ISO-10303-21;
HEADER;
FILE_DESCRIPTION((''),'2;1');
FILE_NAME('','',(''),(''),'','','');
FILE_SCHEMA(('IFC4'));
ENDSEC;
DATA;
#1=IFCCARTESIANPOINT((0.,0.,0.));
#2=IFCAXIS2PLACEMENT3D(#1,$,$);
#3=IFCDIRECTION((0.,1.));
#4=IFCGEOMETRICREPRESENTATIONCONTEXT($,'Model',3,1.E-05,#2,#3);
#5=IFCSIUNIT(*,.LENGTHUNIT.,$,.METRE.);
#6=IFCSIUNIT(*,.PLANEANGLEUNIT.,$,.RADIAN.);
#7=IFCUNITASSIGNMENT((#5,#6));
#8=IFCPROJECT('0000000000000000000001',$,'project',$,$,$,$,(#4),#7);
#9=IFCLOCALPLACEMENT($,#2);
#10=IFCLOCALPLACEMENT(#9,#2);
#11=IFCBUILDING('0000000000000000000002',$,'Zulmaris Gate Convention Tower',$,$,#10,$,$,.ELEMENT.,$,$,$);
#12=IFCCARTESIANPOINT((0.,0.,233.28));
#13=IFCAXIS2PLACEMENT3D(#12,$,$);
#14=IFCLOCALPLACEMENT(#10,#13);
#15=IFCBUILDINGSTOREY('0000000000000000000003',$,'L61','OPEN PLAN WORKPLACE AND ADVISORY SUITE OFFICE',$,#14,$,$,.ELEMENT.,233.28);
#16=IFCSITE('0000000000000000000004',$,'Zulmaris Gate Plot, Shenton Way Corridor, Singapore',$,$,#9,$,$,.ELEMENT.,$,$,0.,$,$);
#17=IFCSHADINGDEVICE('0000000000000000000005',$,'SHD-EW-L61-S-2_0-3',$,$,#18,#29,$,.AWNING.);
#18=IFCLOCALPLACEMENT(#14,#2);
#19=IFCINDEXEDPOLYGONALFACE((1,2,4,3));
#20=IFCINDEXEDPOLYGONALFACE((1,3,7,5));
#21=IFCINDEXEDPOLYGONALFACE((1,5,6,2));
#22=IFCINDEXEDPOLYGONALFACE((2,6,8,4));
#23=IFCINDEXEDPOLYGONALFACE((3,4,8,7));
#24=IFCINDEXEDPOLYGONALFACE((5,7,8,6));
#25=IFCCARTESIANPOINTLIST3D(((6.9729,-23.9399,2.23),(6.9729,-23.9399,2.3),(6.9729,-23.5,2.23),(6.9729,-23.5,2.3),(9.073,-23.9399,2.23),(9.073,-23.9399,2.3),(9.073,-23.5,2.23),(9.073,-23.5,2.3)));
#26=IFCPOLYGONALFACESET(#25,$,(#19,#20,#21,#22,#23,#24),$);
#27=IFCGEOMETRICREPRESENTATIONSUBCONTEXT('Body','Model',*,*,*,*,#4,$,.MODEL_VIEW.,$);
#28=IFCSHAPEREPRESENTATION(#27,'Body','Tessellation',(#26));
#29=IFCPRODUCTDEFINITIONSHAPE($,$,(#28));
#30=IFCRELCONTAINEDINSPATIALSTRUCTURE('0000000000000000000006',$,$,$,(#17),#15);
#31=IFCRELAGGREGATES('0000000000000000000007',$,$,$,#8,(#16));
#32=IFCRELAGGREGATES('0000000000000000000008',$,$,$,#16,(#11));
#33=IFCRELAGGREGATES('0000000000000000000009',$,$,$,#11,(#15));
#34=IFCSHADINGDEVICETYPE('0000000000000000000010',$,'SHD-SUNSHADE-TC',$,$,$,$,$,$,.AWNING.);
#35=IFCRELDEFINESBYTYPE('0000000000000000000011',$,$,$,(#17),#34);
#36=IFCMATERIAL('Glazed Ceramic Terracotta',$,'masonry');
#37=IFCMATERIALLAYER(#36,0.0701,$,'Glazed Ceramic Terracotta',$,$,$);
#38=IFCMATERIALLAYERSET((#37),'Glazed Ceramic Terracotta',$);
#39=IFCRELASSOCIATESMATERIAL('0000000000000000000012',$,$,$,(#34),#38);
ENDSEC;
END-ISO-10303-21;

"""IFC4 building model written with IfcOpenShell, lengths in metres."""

from ifc_helpers import new_model, si_unit, direction, frame, frame_2d, origin, place, context, subcontext, project, spatial, rectangle, extrude, material, layer, layer_set, type_object, element, save


model = new_model("IFC4")

# Units and contexts
model_context = context("Model", 3, precision=1e-05, world=origin(), true_north=direction((0.0, 1.0)))
body_context = subcontext(model_context, "Body", "Model", "MODEL_VIEW")
ifc_project = project(units=[si_unit("LENGTHUNIT", "METRE"), si_unit("PLANEANGLEUNIT", "RADIAN")], contexts=[model_context])

# Site, building, storey
site_placement = place(None, origin())
site = spatial("IfcSite", under=ifc_project, at=site_placement, Name="Zulmaris Gate Plot, Shenton Way Corridor, Singapore", CompositionType="ELEMENT", RefElevation=0.0)
building_placement = place(site_placement, origin())
building = spatial("IfcBuilding", under=site, at=building_placement, Name="Zulmaris Gate Convention Tower", CompositionType="ELEMENT")
storey_placement = place(building_placement, frame((0.0, 0.0, 233.28)))
storey = spatial("IfcBuildingStorey", under=building, at=storey_placement, Name="L61", Description="OPEN PLAN WORKPLACE AND ADVISORY SUITE OFFICE", CompositionType="ELEMENT", Elevation=233.28)

# Shading device
ifc_material_1 = material(Name="Glazed Ceramic Terracotta", Category="masonry")
ifc_layer_1 = layer(ifc_material_1, 0.0701, Name="Glazed Ceramic Terracotta")
ifc_layer_set_1 = layer_set([ifc_layer_1], Name="Glazed Ceramic Terracotta")
shading_device_type = type_object("IfcShadingDeviceType", Name="SHD-SUNSHADE-TC", PredefinedType="AWNING", material=ifc_layer_set_1)
for number, where, z_axis, x_axis, name in (
    (1, (6.9729, -23.72, 2.23), (0.0, 0.0, 1.0), (1.0, 0.0, 0.0), "SHD-EW-L61-S-2_0-3"),
):
    element("IfcShadingDevice", number, at=place(storey_placement, frame(where, z_axis=z_axis, x_axis=x_axis)), inside=storey, type_object=shading_device_type, Name=name, PredefinedType="AWNING", context=body_context, shape_type="SweptSolid", body=[
        extrude(rectangle(XDim=2.1001, YDim=0.4399, at=frame_2d((1.05, 0.0))), origin(), (0.0, 0.0, 1.0), 0.0701),
    ])

save(model, "model.ifc")
